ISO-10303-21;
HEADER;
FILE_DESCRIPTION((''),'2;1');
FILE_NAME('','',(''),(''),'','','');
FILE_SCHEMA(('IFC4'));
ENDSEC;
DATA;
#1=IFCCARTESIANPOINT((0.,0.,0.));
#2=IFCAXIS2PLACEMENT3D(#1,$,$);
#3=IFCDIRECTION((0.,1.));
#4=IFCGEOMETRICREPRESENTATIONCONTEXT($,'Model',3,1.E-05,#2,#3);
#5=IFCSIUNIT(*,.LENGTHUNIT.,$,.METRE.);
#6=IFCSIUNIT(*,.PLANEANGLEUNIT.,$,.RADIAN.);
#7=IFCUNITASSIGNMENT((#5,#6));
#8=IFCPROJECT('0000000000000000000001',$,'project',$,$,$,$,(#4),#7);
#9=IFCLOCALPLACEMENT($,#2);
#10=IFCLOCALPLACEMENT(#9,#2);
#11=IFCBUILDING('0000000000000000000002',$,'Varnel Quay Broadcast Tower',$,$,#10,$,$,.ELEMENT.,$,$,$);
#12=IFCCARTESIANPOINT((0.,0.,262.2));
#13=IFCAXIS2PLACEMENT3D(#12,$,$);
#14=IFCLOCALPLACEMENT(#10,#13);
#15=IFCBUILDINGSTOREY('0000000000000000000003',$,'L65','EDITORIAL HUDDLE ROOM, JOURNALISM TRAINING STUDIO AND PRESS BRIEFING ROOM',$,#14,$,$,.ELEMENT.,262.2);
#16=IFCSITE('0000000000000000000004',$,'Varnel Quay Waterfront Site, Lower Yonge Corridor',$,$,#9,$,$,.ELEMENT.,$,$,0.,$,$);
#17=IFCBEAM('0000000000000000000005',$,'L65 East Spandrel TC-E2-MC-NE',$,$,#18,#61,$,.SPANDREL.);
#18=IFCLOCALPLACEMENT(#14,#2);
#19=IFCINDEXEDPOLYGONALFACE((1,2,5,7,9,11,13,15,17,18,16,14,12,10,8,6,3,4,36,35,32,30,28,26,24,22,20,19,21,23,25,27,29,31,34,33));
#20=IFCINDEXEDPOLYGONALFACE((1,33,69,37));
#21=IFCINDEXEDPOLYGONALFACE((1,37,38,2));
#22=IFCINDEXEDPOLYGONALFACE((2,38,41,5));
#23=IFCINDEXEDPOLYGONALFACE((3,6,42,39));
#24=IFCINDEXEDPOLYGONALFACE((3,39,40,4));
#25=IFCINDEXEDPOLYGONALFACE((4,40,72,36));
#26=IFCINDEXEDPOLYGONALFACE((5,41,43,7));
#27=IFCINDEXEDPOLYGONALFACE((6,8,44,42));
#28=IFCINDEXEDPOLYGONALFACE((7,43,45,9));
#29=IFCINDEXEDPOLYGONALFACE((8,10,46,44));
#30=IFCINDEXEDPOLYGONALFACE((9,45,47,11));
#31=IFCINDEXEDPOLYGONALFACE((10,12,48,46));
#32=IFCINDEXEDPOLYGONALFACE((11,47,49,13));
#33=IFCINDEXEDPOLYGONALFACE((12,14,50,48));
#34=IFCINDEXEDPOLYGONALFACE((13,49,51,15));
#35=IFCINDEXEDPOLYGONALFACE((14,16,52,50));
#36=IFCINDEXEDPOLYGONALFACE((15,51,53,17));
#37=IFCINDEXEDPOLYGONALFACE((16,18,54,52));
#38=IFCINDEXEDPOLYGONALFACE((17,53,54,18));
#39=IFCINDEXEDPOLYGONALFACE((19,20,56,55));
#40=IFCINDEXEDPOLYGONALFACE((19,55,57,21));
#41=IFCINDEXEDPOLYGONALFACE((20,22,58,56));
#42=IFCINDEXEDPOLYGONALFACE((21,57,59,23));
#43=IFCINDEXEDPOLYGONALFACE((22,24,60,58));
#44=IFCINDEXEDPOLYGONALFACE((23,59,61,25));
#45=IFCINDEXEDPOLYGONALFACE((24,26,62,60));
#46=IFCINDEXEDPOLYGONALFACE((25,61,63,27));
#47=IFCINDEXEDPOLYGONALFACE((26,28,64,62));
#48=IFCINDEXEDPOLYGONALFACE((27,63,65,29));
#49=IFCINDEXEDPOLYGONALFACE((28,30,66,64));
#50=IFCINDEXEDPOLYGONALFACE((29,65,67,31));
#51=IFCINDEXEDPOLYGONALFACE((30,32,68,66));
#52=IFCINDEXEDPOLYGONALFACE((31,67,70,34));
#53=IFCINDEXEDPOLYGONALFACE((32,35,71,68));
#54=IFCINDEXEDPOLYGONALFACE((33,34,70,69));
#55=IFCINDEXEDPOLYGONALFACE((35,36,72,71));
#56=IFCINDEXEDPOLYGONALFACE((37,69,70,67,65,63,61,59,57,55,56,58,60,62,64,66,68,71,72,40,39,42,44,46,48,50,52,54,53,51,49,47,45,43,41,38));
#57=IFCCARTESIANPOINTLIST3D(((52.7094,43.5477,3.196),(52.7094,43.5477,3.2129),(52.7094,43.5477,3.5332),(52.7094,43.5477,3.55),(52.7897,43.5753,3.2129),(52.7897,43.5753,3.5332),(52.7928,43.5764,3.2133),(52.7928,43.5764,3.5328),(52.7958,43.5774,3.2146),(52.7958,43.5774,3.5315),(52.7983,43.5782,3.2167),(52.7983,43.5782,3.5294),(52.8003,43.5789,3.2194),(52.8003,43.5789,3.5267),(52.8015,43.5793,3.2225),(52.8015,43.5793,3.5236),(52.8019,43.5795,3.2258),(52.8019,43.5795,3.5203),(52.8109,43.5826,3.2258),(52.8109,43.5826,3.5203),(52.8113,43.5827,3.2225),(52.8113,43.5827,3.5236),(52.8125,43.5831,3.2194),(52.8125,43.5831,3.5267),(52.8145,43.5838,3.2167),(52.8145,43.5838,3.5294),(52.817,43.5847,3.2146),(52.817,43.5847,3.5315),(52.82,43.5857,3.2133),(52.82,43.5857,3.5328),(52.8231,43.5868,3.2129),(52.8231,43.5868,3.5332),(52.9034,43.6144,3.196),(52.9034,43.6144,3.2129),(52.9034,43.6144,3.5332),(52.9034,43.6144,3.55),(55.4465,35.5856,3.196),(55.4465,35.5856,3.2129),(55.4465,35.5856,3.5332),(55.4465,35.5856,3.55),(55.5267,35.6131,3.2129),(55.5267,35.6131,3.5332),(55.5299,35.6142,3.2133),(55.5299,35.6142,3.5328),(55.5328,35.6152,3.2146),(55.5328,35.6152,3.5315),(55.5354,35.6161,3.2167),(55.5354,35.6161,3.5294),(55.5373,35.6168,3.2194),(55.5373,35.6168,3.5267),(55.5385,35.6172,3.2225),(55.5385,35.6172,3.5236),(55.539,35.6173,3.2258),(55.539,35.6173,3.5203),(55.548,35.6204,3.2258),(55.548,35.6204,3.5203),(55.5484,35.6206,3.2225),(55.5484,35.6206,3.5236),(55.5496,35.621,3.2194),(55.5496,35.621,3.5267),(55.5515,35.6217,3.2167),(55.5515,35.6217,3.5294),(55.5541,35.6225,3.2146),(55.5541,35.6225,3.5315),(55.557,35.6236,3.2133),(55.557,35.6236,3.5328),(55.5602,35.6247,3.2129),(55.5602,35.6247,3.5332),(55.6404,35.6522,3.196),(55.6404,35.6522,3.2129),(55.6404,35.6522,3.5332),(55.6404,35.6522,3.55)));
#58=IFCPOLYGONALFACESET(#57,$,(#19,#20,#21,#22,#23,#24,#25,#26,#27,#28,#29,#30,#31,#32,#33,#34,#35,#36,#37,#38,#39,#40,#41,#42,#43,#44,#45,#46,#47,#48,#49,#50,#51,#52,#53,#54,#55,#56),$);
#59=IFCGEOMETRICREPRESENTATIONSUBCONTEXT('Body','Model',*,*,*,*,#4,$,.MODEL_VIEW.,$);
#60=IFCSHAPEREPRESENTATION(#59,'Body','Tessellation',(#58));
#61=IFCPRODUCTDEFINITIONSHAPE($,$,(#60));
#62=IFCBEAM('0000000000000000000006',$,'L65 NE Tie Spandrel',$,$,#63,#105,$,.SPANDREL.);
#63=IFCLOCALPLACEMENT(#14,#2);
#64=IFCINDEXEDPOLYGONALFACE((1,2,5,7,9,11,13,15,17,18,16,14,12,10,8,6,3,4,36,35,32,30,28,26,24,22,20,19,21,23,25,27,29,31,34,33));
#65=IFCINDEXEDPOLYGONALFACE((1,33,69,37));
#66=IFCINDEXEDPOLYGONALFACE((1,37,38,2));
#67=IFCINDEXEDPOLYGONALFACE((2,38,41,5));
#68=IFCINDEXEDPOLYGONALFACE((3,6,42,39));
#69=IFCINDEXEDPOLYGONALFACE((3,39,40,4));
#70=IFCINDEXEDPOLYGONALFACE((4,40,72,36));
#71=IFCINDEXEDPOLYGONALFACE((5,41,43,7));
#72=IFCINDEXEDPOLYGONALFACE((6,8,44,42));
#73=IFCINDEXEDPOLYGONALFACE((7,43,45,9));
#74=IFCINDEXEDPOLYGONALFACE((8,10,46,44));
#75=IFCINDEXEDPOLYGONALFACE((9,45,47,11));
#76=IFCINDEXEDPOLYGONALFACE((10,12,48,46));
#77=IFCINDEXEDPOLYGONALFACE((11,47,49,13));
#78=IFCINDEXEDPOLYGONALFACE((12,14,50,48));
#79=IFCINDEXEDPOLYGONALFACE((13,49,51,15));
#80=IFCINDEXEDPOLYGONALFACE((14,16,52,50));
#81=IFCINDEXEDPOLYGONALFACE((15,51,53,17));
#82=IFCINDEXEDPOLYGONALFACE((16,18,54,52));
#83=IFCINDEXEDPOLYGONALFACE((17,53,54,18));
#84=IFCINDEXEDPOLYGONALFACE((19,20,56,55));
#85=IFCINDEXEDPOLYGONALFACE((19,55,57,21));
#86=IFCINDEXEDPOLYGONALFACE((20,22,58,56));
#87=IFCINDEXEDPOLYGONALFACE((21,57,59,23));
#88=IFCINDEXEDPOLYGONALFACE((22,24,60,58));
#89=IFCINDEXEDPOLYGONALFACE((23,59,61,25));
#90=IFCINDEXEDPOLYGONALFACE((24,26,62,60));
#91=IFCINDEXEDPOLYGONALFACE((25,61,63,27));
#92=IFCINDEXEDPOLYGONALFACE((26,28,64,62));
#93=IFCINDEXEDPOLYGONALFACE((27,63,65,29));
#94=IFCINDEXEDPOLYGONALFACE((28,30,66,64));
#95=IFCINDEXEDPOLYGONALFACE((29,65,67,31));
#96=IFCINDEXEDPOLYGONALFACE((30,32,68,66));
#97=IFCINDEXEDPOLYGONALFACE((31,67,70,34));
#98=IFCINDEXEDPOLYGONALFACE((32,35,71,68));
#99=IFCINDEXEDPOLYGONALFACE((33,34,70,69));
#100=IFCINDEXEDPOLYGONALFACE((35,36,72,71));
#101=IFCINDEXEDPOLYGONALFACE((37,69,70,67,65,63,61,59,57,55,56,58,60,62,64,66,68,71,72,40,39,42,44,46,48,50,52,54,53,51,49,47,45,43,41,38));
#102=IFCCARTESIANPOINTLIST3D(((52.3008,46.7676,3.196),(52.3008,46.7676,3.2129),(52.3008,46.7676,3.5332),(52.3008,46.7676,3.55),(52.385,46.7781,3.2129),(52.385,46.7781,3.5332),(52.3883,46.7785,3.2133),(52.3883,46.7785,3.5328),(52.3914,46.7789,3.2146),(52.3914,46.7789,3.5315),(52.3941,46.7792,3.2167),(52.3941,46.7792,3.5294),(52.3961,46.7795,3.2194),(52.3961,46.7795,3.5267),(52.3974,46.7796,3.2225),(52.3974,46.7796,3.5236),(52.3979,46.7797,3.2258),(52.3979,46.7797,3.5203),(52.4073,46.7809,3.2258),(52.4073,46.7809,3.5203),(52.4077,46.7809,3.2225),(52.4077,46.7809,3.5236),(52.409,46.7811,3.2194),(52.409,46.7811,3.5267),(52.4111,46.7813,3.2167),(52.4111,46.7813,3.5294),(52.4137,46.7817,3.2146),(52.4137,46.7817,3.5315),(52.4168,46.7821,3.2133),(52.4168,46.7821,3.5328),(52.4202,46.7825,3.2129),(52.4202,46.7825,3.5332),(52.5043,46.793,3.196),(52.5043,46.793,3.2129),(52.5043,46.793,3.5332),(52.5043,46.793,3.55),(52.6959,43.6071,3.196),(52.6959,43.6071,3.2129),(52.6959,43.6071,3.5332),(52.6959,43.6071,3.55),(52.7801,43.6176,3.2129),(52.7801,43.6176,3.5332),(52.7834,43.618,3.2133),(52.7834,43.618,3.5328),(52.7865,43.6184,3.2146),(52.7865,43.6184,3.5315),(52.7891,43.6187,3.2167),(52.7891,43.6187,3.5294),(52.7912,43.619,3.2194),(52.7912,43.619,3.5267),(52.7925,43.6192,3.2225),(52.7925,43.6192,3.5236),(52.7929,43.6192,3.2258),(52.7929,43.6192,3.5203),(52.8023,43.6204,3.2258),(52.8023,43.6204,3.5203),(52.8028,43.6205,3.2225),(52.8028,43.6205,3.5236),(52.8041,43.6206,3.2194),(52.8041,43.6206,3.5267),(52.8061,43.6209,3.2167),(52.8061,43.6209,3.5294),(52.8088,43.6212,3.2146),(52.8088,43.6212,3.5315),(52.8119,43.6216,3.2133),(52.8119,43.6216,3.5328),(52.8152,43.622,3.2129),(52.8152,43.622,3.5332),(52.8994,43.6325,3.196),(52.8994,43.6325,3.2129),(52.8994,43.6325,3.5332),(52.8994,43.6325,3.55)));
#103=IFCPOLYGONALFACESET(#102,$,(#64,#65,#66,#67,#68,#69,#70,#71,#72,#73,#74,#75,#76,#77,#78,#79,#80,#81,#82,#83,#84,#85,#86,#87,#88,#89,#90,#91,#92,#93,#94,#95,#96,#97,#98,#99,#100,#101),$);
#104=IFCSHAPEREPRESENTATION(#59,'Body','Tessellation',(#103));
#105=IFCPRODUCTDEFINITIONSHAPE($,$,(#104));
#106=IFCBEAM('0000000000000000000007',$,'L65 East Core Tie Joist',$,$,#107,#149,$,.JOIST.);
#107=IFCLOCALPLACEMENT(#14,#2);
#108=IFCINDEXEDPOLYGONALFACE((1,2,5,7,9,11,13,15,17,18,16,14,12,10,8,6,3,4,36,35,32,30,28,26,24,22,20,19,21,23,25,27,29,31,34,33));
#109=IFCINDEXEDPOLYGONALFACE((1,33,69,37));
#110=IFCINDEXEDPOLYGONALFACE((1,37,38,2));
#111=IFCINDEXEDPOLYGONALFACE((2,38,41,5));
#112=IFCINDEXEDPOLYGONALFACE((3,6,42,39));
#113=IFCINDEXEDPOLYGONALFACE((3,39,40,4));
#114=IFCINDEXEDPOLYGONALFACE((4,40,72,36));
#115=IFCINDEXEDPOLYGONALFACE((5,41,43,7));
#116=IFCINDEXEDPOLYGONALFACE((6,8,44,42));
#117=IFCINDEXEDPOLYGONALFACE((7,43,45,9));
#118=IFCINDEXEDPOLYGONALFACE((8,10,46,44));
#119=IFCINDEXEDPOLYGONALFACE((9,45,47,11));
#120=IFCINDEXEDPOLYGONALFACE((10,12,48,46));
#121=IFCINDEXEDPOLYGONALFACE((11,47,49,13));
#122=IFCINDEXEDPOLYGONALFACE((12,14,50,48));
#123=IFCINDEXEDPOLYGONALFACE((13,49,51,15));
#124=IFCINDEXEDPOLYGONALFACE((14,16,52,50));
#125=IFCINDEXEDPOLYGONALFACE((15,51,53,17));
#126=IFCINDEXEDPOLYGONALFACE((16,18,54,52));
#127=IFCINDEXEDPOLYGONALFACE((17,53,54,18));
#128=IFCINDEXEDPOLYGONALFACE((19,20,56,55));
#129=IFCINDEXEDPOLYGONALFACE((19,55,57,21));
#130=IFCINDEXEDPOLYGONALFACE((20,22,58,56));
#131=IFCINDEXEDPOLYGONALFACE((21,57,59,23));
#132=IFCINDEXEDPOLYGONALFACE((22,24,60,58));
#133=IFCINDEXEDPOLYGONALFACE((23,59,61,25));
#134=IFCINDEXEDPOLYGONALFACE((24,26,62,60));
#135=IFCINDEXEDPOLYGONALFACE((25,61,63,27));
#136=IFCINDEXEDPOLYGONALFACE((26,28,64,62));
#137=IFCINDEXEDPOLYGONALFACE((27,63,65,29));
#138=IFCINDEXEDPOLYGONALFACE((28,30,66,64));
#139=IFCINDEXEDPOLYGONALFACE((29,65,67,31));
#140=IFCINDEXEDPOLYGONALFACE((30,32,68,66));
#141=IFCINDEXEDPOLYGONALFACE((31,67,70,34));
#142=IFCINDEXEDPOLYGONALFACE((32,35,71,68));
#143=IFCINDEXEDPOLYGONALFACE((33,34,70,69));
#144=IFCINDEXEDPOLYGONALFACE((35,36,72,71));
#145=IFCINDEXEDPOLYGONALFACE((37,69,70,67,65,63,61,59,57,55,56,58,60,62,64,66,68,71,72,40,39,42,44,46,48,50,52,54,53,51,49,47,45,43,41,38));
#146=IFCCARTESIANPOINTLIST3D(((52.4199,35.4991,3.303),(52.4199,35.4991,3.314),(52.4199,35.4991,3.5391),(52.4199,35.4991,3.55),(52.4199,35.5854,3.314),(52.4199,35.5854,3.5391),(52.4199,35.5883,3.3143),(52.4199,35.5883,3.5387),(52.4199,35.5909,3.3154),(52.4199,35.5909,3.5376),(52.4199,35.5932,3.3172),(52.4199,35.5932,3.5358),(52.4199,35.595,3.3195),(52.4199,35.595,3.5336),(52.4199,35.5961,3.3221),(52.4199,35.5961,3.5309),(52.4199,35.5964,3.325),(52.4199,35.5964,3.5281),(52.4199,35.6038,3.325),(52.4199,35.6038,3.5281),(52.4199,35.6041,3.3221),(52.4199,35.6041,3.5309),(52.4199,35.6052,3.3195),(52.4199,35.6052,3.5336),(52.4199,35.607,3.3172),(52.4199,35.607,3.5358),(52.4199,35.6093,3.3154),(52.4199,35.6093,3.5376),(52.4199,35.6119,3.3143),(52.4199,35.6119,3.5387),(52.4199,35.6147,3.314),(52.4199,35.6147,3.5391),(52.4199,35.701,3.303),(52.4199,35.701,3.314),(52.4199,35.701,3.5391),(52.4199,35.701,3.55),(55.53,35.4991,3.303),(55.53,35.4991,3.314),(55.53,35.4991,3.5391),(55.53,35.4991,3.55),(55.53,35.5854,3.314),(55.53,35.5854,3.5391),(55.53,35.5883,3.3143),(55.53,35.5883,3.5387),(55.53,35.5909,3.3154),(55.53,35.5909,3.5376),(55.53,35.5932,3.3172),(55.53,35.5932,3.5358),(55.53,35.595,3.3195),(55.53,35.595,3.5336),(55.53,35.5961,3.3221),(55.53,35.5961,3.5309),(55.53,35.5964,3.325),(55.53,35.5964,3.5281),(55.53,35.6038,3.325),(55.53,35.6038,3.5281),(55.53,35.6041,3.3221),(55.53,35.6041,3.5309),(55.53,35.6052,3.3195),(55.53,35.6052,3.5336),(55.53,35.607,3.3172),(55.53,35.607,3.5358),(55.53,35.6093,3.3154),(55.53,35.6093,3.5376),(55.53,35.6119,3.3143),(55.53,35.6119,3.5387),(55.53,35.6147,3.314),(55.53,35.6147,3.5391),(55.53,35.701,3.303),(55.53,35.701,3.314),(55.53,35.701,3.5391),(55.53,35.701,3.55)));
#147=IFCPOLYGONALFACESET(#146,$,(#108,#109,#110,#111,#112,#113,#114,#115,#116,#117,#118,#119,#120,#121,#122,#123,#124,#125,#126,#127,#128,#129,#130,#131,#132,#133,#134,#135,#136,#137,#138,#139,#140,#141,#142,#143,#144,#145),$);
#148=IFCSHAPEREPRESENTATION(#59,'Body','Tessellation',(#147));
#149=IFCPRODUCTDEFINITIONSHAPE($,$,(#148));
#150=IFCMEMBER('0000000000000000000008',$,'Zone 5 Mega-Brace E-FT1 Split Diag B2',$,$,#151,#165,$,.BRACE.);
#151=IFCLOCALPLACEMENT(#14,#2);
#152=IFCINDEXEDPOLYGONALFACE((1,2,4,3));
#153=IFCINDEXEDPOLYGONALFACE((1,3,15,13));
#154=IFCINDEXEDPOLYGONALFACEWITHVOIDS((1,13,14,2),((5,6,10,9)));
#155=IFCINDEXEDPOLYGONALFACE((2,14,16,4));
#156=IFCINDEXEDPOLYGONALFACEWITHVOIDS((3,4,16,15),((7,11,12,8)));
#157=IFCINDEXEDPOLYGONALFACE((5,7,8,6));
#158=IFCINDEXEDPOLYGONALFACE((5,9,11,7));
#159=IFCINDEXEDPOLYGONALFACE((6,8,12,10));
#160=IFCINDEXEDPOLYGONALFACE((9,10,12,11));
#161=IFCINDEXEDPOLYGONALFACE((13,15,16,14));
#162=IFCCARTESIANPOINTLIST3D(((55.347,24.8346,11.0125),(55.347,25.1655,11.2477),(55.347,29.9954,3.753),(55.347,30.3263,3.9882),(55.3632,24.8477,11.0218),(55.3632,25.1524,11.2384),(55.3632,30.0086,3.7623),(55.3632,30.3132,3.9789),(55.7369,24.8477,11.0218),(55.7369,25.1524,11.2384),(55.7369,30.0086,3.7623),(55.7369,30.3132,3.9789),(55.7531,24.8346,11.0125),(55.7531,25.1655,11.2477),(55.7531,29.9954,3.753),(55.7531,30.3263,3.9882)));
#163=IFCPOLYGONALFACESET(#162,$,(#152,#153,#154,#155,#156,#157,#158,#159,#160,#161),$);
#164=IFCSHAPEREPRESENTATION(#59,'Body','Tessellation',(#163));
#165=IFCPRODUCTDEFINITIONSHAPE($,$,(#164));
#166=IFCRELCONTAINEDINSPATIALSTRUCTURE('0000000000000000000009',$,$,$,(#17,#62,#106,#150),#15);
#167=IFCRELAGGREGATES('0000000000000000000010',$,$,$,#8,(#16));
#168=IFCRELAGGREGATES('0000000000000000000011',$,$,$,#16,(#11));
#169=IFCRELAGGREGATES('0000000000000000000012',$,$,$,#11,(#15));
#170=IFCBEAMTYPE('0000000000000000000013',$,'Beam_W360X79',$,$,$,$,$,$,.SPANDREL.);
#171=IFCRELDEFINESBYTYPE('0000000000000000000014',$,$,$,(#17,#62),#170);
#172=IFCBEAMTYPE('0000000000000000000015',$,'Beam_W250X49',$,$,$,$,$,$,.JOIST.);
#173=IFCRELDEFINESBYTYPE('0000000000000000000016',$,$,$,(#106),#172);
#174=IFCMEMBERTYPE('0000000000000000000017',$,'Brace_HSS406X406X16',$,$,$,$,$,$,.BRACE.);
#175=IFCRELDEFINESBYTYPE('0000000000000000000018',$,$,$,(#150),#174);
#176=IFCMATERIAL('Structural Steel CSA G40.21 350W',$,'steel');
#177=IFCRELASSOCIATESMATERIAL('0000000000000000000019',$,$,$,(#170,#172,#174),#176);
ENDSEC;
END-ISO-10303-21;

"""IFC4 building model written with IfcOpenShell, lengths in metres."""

from ifc_helpers import new_model, si_unit, direction, frame, origin, origin_2d, place, context, subcontext, project, spatial, hollow_rectangle, i_section, extrude, source, transform, mapped, material, material_profile, profile_set, type_object, type_shapes, element, save


model = new_model("IFC4")

# Units and contexts
model_context = context("Model", 3, precision=1e-05, world=origin(), true_north=direction((0.0, 1.0)))
body_context = subcontext(model_context, "Body", "Model", "MODEL_VIEW")
ifc_project = project(units=[si_unit("LENGTHUNIT", "METRE"), si_unit("PLANEANGLEUNIT", "RADIAN")], contexts=[model_context])

# Site, building, storey
site_placement = place(None, origin())
site = spatial("IfcSite", under=ifc_project, at=site_placement, Name="Varnel Quay Waterfront Site, Lower Yonge Corridor", CompositionType="ELEMENT", RefElevation=0.0)
building_placement = place(site_placement, origin())
building = spatial("IfcBuilding", under=site, at=building_placement, Name="Varnel Quay Broadcast Tower", CompositionType="ELEMENT")
storey_placement = place(building_placement, frame((0.0, 0.0, 262.2)))
storey = spatial("IfcBuildingStorey", under=building, at=storey_placement, Name="L65", Description="EDITORIAL HUDDLE ROOM, JOURNALISM TRAINING STUDIO AND PRESS BRIEFING ROOM", CompositionType="ELEMENT", Elevation=262.2)

# Shared definitions
ifc_material_1 = material(Name="Structural Steel CSA G40.21 350W", Category="steel")

# Beams
ifc_material_profile_1 = material_profile(ifc_material_1, i_section(OverallWidth=0.2051, OverallDepth=0.354, WebThickness=0.0095, FlangeThickness=0.0168, FilletRadius=0.0129, at=origin_2d()), Name="W360X79")
ifc_profile_set_1 = profile_set([ifc_material_profile_1], Name="Structural Steel CSA G40.21 350W")
beam_type_1 = type_object("IfcBeamType", Name="Beam_W360X79", PredefinedType="SPANDREL", material=ifc_profile_set_1)
shared_shape_1 = source(origin(), body_context, "Body", "SweptSolid", [
    extrude(i_section(OverallWidth=0.2051, OverallDepth=0.354, WebThickness=0.0095, FlangeThickness=0.0168, FilletRadius=0.0129, at=origin_2d()), origin(), (0.0, 0.0, 1.0), 8.4194),
])
beam_1_placement = place(storey_placement, frame((55.5435, 35.6189, 3.373), z_axis=(-0.325087, 0.945684, 0.0), x_axis=(-0.945684, -0.325087, 0.0)))
element("IfcBeam", 1, at=beam_1_placement, inside=storey, type_object=beam_type_1, Name="L65 East Spandrel TC-E2-MC-NE", PredefinedType="SPANDREL", context=body_context, shape_type="MappedRepresentation", body=[
    mapped(shared_shape_1, transform((0.0, 0.0, 0.0), x_axis=(1.0, 0.0, 0.0), y_axis=(0.0, 1.0, 0.0), z_axis=(0.0, 0.0, 1.0), scale=1.0)),
])
shared_shape_2 = source(origin(), body_context, "Body", "SweptSolid", [
    extrude(i_section(OverallWidth=0.2051, OverallDepth=0.354, WebThickness=0.0095, FlangeThickness=0.0168, FilletRadius=0.0129, at=origin_2d()), origin(), (0.0, 0.0, 1.0), 3.1851),
])
type_shapes(beam_type_1, [shared_shape_1, shared_shape_2])
beam_2_placement = place(storey_placement, frame((52.4026, 46.7803, 3.373), z_axis=(0.124025, -0.992279, 0.0), x_axis=(0.992279, 0.124025, 0.0)))
element("IfcBeam", 2, at=beam_2_placement, inside=storey, type_object=beam_type_1, Name="L65 NE Tie Spandrel", PredefinedType="SPANDREL", context=body_context, shape_type="MappedRepresentation", body=[
    mapped(shared_shape_2, transform((0.0, 0.0, 0.0), x_axis=(1.0, 0.0, 0.0), y_axis=(0.0, 1.0, 0.0), z_axis=(0.0, 0.0, 1.0), scale=1.0)),
])
ifc_material_profile_2 = material_profile(ifc_material_1, i_section(OverallWidth=0.2019, OverallDepth=0.2471, WebThickness=0.0073, FlangeThickness=0.011, FilletRadius=0.011, at=origin_2d()), Name="W250X49")
ifc_profile_set_2 = profile_set([ifc_material_profile_2], Name="Structural Steel CSA G40.21 350W")
beam_type_2 = type_object("IfcBeamType", Name="Beam_W250X49", PredefinedType="JOIST", material=ifc_profile_set_2)
shared_shape_3 = source(origin(), body_context, "Body", "SweptSolid", [
    extrude(i_section(OverallWidth=0.2019, OverallDepth=0.2471, WebThickness=0.0073, FlangeThickness=0.011, FilletRadius=0.011, at=origin_2d()), origin(), (0.0, 0.0, 1.0), 3.1101),
])
type_shapes(beam_type_2, [shared_shape_3])
beam_3_placement = place(storey_placement, frame((52.4199, 35.6001, 3.4265), z_axis=(1.0, 0.0, 0.0), x_axis=(0.0, 1.0, 0.0)))
element("IfcBeam", 3, at=beam_3_placement, inside=storey, type_object=beam_type_2, Name="L65 East Core Tie Joist", PredefinedType="JOIST", context=body_context, shape_type="MappedRepresentation", body=[
    mapped(shared_shape_3, transform((0.0, 0.0, 0.0), x_axis=(1.0, 0.0, 0.0), y_axis=(0.0, 1.0, 0.0), z_axis=(0.0, 0.0, 1.0), scale=1.0)),
])

# Member
ifc_material_profile_3 = material_profile(ifc_material_1, hollow_rectangle(XDim=0.406, YDim=0.406, WallThickness=0.0161, at=origin_2d()), Name="HSS406X406X16")
ifc_profile_set_3 = profile_set([ifc_material_profile_3], Name="Structural Steel CSA G40.21 350W")
member_type_1 = type_object("IfcMemberType", Name="Brace_HSS406X406X16", PredefinedType="BRACE", material=ifc_profile_set_3)
shared_shape_4 = source(origin(), body_context, "Body", "SweptSolid", [
    extrude(hollow_rectangle(XDim=0.406, YDim=0.406, WallThickness=0.0161, at=origin_2d()), origin(), (0.0, 0.0, 1.0), 8.907),
])
type_shapes(member_type_1, [shared_shape_4])
member_1_placement = place(storey_placement, frame((55.55, 30.1609, 3.8706), z_axis=(0.0, -0.579417, 0.815032), x_axis=(1.0, 0.0, 0.0)))
element("IfcMember", 4, at=member_1_placement, inside=storey, type_object=member_type_1, Name="Zone 5 Mega-Brace E-FT1 Split Diag B2", PredefinedType="BRACE", context=body_context, shape_type="MappedRepresentation", body=[
    mapped(shared_shape_4, transform((0.0, 0.0, 0.0), x_axis=(1.0, 0.0, 0.0), y_axis=(0.0, 1.0, 0.0), z_axis=(0.0, 0.0, 1.0), scale=1.0)),
])

save(model, "model.ifc")
